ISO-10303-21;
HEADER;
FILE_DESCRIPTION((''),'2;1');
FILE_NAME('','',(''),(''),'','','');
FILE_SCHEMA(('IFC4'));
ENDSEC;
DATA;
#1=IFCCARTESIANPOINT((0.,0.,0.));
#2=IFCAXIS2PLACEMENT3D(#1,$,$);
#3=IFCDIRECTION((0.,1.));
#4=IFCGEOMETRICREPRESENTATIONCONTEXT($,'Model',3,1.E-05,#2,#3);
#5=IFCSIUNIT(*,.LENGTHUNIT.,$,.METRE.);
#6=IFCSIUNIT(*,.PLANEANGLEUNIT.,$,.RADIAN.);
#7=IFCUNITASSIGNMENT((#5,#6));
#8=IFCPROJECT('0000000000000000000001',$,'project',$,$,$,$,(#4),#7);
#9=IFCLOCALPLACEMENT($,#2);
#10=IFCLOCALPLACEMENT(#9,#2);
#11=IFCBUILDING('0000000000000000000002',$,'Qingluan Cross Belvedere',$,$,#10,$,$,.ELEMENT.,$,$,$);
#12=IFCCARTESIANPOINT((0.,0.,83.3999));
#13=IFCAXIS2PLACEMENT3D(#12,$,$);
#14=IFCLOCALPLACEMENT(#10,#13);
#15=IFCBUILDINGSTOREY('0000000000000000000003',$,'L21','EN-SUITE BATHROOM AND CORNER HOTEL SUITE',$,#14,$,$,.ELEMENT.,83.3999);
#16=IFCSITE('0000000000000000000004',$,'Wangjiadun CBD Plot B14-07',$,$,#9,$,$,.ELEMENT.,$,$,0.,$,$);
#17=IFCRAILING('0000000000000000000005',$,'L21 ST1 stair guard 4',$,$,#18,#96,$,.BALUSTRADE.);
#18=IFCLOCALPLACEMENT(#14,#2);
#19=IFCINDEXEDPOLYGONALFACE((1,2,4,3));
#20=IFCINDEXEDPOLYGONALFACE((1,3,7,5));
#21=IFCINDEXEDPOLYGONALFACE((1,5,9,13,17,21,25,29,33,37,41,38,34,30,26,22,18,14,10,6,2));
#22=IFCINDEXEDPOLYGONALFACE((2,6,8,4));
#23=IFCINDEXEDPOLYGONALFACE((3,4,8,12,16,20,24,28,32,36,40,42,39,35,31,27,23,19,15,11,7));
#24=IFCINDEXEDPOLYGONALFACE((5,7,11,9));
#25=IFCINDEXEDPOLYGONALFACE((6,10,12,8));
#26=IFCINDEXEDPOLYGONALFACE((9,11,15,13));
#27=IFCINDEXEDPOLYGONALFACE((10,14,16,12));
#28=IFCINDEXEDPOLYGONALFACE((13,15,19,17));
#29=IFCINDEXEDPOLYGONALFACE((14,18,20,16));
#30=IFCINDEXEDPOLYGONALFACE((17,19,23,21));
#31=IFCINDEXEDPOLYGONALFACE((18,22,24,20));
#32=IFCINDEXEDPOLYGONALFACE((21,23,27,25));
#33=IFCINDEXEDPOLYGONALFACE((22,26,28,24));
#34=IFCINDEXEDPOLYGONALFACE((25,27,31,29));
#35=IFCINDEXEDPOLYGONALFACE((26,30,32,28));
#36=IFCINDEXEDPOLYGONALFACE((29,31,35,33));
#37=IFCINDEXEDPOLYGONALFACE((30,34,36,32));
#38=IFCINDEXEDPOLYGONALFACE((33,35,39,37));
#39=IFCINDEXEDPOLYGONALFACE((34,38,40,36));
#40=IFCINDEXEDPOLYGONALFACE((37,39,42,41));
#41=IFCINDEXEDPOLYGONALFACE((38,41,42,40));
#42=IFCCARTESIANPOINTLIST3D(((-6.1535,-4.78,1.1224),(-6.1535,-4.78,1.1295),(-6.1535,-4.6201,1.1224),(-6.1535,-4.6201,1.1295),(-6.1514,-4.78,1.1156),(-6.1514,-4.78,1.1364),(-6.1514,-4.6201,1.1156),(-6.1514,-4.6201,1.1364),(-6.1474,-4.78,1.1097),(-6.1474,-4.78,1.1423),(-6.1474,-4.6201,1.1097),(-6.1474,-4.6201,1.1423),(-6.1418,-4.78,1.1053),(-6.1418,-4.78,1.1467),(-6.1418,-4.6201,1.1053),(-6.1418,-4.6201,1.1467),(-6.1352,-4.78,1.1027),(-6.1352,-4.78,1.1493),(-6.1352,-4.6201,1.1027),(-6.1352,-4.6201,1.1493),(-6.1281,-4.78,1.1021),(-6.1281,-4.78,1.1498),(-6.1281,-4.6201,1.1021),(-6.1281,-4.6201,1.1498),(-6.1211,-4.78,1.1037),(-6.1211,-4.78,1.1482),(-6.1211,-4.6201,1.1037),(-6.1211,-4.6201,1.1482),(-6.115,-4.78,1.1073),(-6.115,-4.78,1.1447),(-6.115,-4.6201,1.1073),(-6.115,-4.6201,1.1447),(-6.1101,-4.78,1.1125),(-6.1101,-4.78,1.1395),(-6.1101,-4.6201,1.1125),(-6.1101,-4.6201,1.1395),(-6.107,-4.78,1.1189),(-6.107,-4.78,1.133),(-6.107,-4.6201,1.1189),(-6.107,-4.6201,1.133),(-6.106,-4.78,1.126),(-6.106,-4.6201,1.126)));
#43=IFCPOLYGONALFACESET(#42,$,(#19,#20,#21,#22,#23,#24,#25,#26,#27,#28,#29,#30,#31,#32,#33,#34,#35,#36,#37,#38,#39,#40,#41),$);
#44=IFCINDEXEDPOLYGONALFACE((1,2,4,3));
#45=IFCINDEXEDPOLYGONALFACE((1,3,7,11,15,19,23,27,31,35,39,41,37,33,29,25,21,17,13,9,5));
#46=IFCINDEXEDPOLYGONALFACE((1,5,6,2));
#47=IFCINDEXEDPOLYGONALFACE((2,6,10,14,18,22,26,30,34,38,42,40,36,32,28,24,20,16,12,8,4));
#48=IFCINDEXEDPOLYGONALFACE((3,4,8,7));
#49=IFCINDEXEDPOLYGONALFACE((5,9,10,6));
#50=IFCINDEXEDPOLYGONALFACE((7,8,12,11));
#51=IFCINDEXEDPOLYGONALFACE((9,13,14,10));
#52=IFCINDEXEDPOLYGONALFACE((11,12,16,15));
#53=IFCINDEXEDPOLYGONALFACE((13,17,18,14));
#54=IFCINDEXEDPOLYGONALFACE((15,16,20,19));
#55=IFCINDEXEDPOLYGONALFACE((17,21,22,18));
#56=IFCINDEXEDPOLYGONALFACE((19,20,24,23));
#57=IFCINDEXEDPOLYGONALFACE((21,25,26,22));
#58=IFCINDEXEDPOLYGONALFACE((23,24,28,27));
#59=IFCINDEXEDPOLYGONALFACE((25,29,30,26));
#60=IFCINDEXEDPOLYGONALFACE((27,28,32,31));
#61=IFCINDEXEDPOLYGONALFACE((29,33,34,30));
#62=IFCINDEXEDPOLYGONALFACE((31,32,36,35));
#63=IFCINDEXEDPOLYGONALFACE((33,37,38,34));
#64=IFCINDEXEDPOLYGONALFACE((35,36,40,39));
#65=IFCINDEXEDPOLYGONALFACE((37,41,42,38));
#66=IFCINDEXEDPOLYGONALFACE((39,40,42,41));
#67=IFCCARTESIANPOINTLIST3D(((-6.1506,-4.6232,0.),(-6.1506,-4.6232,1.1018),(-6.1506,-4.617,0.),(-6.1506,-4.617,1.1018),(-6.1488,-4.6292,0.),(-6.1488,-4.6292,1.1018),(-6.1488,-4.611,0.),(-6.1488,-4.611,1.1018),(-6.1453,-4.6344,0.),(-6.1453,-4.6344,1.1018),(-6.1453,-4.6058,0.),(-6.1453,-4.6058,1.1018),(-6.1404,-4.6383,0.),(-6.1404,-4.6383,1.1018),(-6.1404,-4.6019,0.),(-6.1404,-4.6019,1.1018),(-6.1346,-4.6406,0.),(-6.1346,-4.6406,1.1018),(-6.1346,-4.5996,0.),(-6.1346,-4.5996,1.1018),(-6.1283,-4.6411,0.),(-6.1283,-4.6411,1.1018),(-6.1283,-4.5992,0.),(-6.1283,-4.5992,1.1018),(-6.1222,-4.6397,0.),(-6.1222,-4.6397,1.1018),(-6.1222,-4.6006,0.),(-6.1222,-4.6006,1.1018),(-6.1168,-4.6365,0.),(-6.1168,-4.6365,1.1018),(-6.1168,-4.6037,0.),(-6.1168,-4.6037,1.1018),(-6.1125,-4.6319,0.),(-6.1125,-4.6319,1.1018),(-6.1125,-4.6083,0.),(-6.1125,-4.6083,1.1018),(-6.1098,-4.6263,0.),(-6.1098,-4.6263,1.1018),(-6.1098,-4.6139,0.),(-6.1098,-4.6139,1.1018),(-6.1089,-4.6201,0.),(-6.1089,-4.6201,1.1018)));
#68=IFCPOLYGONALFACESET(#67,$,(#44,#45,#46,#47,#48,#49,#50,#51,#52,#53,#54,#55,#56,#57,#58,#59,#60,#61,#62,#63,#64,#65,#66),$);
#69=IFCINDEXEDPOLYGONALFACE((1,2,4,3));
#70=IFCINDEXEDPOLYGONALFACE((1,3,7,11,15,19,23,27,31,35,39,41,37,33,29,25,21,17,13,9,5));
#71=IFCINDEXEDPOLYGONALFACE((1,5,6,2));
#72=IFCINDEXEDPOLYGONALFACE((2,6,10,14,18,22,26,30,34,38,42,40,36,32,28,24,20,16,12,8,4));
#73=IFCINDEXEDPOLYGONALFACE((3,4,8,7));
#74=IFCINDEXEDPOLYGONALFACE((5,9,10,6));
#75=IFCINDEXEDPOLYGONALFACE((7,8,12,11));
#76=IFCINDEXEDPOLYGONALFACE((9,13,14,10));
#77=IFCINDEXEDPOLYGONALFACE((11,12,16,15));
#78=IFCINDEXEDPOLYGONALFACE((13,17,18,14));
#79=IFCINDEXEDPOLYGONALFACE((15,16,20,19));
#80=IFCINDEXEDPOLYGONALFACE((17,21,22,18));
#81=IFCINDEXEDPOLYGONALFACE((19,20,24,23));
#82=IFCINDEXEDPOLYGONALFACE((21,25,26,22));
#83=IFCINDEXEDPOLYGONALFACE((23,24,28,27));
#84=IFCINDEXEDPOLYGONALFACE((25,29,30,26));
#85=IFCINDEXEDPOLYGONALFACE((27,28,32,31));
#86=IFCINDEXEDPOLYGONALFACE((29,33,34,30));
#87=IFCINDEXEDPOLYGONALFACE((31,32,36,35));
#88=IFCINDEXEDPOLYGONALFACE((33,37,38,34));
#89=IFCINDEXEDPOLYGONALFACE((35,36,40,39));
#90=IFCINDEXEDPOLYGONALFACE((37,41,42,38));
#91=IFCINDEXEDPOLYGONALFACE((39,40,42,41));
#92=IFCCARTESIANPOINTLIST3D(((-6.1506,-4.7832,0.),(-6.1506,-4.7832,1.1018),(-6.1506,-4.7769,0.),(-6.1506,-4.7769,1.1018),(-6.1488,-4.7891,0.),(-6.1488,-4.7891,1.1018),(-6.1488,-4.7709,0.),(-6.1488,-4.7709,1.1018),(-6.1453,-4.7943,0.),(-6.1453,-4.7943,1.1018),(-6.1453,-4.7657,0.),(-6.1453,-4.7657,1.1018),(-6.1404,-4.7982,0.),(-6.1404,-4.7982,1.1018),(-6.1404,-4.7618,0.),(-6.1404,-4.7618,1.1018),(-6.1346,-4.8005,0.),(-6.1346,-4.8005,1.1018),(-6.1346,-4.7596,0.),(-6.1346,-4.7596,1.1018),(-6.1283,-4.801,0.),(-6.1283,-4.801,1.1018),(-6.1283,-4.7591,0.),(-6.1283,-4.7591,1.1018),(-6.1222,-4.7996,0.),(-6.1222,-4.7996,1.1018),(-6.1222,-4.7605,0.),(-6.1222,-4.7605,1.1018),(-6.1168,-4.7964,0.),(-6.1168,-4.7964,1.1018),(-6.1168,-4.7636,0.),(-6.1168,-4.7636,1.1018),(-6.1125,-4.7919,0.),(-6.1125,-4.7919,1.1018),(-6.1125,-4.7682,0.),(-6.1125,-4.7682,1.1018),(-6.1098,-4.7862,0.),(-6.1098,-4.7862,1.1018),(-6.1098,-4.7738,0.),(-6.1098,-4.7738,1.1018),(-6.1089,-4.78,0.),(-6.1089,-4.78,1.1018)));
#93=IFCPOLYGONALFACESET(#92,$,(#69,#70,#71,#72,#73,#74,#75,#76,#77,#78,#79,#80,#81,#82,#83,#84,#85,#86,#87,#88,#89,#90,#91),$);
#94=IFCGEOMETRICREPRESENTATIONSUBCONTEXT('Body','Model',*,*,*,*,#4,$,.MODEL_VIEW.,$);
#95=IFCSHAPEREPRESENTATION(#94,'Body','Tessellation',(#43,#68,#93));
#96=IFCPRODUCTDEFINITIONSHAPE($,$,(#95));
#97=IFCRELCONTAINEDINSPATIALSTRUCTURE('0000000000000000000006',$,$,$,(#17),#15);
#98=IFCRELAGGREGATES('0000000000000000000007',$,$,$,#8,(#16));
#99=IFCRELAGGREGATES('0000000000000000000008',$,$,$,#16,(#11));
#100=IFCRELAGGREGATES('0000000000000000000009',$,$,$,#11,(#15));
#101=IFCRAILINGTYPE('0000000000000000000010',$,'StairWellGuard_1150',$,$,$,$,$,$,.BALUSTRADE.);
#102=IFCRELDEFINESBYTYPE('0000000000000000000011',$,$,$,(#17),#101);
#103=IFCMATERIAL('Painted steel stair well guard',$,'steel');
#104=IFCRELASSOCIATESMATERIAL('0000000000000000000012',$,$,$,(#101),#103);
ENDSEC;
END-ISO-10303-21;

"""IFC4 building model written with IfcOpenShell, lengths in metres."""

from ifc_helpers import new_model, si_unit, direction, frame, origin, origin_2d, place, context, subcontext, project, spatial, circle, extrude, material, type_object, element, save


model = new_model("IFC4")

# Units and contexts
model_context = context("Model", 3, precision=1e-05, world=origin(), true_north=direction((0.0, 1.0)))
body_context = subcontext(model_context, "Body", "Model", "MODEL_VIEW")
ifc_project = project(units=[si_unit("LENGTHUNIT", "METRE"), si_unit("PLANEANGLEUNIT", "RADIAN")], contexts=[model_context])

# Site, building, storey
site_placement = place(None, origin())
site = spatial("IfcSite", under=ifc_project, at=site_placement, Name="Wangjiadun CBD Plot B14-07", CompositionType="ELEMENT", RefElevation=0.0)
building_placement = place(site_placement, origin())
building = spatial("IfcBuilding", under=site, at=building_placement, Name="Qingluan Cross Belvedere", CompositionType="ELEMENT")
storey_placement = place(building_placement, frame((0.0, 0.0, 83.3999)))
storey = spatial("IfcBuildingStorey", under=building, at=storey_placement, Name="L21", Description="EN-SUITE BATHROOM AND CORNER HOTEL SUITE", CompositionType="ELEMENT", Elevation=83.3999)

# Railing
ifc_material_1 = material(Name="Painted steel stair well guard", Category="steel")
railing_type_1 = type_object("IfcRailingType", Name="StairWellGuard_1150", PredefinedType="BALUSTRADE", material=ifc_material_1)
railing_1_placement = place(storey_placement, frame((-6.1299, -4.6201, 0.0)))
element("IfcRailing", 1, at=railing_1_placement, inside=storey, type_object=railing_type_1, Name="L21 ST1 stair guard 4", PredefinedType="BALUSTRADE", context=body_context, shape_type="SweptSolid", body=[
    extrude(circle(Radius=0.0239, at=origin_2d()), frame((0.0, 0.0, 1.126), z_axis=(0.0, -1.0, 0.0), x_axis=(1.0, 0.0, 0.0)), (0.0, 0.0, 1.0), 0.1599),
    extrude(circle(Radius=0.021, at=origin_2d()), origin(), (0.0, 0.0, 1.0), 1.1018),
    extrude(circle(Radius=0.021, at=origin_2d()), frame((0.0, -0.1599, 0.0)), (0.0, 0.0, 1.0), 1.1018),
])

save(model, "model.ifc")
